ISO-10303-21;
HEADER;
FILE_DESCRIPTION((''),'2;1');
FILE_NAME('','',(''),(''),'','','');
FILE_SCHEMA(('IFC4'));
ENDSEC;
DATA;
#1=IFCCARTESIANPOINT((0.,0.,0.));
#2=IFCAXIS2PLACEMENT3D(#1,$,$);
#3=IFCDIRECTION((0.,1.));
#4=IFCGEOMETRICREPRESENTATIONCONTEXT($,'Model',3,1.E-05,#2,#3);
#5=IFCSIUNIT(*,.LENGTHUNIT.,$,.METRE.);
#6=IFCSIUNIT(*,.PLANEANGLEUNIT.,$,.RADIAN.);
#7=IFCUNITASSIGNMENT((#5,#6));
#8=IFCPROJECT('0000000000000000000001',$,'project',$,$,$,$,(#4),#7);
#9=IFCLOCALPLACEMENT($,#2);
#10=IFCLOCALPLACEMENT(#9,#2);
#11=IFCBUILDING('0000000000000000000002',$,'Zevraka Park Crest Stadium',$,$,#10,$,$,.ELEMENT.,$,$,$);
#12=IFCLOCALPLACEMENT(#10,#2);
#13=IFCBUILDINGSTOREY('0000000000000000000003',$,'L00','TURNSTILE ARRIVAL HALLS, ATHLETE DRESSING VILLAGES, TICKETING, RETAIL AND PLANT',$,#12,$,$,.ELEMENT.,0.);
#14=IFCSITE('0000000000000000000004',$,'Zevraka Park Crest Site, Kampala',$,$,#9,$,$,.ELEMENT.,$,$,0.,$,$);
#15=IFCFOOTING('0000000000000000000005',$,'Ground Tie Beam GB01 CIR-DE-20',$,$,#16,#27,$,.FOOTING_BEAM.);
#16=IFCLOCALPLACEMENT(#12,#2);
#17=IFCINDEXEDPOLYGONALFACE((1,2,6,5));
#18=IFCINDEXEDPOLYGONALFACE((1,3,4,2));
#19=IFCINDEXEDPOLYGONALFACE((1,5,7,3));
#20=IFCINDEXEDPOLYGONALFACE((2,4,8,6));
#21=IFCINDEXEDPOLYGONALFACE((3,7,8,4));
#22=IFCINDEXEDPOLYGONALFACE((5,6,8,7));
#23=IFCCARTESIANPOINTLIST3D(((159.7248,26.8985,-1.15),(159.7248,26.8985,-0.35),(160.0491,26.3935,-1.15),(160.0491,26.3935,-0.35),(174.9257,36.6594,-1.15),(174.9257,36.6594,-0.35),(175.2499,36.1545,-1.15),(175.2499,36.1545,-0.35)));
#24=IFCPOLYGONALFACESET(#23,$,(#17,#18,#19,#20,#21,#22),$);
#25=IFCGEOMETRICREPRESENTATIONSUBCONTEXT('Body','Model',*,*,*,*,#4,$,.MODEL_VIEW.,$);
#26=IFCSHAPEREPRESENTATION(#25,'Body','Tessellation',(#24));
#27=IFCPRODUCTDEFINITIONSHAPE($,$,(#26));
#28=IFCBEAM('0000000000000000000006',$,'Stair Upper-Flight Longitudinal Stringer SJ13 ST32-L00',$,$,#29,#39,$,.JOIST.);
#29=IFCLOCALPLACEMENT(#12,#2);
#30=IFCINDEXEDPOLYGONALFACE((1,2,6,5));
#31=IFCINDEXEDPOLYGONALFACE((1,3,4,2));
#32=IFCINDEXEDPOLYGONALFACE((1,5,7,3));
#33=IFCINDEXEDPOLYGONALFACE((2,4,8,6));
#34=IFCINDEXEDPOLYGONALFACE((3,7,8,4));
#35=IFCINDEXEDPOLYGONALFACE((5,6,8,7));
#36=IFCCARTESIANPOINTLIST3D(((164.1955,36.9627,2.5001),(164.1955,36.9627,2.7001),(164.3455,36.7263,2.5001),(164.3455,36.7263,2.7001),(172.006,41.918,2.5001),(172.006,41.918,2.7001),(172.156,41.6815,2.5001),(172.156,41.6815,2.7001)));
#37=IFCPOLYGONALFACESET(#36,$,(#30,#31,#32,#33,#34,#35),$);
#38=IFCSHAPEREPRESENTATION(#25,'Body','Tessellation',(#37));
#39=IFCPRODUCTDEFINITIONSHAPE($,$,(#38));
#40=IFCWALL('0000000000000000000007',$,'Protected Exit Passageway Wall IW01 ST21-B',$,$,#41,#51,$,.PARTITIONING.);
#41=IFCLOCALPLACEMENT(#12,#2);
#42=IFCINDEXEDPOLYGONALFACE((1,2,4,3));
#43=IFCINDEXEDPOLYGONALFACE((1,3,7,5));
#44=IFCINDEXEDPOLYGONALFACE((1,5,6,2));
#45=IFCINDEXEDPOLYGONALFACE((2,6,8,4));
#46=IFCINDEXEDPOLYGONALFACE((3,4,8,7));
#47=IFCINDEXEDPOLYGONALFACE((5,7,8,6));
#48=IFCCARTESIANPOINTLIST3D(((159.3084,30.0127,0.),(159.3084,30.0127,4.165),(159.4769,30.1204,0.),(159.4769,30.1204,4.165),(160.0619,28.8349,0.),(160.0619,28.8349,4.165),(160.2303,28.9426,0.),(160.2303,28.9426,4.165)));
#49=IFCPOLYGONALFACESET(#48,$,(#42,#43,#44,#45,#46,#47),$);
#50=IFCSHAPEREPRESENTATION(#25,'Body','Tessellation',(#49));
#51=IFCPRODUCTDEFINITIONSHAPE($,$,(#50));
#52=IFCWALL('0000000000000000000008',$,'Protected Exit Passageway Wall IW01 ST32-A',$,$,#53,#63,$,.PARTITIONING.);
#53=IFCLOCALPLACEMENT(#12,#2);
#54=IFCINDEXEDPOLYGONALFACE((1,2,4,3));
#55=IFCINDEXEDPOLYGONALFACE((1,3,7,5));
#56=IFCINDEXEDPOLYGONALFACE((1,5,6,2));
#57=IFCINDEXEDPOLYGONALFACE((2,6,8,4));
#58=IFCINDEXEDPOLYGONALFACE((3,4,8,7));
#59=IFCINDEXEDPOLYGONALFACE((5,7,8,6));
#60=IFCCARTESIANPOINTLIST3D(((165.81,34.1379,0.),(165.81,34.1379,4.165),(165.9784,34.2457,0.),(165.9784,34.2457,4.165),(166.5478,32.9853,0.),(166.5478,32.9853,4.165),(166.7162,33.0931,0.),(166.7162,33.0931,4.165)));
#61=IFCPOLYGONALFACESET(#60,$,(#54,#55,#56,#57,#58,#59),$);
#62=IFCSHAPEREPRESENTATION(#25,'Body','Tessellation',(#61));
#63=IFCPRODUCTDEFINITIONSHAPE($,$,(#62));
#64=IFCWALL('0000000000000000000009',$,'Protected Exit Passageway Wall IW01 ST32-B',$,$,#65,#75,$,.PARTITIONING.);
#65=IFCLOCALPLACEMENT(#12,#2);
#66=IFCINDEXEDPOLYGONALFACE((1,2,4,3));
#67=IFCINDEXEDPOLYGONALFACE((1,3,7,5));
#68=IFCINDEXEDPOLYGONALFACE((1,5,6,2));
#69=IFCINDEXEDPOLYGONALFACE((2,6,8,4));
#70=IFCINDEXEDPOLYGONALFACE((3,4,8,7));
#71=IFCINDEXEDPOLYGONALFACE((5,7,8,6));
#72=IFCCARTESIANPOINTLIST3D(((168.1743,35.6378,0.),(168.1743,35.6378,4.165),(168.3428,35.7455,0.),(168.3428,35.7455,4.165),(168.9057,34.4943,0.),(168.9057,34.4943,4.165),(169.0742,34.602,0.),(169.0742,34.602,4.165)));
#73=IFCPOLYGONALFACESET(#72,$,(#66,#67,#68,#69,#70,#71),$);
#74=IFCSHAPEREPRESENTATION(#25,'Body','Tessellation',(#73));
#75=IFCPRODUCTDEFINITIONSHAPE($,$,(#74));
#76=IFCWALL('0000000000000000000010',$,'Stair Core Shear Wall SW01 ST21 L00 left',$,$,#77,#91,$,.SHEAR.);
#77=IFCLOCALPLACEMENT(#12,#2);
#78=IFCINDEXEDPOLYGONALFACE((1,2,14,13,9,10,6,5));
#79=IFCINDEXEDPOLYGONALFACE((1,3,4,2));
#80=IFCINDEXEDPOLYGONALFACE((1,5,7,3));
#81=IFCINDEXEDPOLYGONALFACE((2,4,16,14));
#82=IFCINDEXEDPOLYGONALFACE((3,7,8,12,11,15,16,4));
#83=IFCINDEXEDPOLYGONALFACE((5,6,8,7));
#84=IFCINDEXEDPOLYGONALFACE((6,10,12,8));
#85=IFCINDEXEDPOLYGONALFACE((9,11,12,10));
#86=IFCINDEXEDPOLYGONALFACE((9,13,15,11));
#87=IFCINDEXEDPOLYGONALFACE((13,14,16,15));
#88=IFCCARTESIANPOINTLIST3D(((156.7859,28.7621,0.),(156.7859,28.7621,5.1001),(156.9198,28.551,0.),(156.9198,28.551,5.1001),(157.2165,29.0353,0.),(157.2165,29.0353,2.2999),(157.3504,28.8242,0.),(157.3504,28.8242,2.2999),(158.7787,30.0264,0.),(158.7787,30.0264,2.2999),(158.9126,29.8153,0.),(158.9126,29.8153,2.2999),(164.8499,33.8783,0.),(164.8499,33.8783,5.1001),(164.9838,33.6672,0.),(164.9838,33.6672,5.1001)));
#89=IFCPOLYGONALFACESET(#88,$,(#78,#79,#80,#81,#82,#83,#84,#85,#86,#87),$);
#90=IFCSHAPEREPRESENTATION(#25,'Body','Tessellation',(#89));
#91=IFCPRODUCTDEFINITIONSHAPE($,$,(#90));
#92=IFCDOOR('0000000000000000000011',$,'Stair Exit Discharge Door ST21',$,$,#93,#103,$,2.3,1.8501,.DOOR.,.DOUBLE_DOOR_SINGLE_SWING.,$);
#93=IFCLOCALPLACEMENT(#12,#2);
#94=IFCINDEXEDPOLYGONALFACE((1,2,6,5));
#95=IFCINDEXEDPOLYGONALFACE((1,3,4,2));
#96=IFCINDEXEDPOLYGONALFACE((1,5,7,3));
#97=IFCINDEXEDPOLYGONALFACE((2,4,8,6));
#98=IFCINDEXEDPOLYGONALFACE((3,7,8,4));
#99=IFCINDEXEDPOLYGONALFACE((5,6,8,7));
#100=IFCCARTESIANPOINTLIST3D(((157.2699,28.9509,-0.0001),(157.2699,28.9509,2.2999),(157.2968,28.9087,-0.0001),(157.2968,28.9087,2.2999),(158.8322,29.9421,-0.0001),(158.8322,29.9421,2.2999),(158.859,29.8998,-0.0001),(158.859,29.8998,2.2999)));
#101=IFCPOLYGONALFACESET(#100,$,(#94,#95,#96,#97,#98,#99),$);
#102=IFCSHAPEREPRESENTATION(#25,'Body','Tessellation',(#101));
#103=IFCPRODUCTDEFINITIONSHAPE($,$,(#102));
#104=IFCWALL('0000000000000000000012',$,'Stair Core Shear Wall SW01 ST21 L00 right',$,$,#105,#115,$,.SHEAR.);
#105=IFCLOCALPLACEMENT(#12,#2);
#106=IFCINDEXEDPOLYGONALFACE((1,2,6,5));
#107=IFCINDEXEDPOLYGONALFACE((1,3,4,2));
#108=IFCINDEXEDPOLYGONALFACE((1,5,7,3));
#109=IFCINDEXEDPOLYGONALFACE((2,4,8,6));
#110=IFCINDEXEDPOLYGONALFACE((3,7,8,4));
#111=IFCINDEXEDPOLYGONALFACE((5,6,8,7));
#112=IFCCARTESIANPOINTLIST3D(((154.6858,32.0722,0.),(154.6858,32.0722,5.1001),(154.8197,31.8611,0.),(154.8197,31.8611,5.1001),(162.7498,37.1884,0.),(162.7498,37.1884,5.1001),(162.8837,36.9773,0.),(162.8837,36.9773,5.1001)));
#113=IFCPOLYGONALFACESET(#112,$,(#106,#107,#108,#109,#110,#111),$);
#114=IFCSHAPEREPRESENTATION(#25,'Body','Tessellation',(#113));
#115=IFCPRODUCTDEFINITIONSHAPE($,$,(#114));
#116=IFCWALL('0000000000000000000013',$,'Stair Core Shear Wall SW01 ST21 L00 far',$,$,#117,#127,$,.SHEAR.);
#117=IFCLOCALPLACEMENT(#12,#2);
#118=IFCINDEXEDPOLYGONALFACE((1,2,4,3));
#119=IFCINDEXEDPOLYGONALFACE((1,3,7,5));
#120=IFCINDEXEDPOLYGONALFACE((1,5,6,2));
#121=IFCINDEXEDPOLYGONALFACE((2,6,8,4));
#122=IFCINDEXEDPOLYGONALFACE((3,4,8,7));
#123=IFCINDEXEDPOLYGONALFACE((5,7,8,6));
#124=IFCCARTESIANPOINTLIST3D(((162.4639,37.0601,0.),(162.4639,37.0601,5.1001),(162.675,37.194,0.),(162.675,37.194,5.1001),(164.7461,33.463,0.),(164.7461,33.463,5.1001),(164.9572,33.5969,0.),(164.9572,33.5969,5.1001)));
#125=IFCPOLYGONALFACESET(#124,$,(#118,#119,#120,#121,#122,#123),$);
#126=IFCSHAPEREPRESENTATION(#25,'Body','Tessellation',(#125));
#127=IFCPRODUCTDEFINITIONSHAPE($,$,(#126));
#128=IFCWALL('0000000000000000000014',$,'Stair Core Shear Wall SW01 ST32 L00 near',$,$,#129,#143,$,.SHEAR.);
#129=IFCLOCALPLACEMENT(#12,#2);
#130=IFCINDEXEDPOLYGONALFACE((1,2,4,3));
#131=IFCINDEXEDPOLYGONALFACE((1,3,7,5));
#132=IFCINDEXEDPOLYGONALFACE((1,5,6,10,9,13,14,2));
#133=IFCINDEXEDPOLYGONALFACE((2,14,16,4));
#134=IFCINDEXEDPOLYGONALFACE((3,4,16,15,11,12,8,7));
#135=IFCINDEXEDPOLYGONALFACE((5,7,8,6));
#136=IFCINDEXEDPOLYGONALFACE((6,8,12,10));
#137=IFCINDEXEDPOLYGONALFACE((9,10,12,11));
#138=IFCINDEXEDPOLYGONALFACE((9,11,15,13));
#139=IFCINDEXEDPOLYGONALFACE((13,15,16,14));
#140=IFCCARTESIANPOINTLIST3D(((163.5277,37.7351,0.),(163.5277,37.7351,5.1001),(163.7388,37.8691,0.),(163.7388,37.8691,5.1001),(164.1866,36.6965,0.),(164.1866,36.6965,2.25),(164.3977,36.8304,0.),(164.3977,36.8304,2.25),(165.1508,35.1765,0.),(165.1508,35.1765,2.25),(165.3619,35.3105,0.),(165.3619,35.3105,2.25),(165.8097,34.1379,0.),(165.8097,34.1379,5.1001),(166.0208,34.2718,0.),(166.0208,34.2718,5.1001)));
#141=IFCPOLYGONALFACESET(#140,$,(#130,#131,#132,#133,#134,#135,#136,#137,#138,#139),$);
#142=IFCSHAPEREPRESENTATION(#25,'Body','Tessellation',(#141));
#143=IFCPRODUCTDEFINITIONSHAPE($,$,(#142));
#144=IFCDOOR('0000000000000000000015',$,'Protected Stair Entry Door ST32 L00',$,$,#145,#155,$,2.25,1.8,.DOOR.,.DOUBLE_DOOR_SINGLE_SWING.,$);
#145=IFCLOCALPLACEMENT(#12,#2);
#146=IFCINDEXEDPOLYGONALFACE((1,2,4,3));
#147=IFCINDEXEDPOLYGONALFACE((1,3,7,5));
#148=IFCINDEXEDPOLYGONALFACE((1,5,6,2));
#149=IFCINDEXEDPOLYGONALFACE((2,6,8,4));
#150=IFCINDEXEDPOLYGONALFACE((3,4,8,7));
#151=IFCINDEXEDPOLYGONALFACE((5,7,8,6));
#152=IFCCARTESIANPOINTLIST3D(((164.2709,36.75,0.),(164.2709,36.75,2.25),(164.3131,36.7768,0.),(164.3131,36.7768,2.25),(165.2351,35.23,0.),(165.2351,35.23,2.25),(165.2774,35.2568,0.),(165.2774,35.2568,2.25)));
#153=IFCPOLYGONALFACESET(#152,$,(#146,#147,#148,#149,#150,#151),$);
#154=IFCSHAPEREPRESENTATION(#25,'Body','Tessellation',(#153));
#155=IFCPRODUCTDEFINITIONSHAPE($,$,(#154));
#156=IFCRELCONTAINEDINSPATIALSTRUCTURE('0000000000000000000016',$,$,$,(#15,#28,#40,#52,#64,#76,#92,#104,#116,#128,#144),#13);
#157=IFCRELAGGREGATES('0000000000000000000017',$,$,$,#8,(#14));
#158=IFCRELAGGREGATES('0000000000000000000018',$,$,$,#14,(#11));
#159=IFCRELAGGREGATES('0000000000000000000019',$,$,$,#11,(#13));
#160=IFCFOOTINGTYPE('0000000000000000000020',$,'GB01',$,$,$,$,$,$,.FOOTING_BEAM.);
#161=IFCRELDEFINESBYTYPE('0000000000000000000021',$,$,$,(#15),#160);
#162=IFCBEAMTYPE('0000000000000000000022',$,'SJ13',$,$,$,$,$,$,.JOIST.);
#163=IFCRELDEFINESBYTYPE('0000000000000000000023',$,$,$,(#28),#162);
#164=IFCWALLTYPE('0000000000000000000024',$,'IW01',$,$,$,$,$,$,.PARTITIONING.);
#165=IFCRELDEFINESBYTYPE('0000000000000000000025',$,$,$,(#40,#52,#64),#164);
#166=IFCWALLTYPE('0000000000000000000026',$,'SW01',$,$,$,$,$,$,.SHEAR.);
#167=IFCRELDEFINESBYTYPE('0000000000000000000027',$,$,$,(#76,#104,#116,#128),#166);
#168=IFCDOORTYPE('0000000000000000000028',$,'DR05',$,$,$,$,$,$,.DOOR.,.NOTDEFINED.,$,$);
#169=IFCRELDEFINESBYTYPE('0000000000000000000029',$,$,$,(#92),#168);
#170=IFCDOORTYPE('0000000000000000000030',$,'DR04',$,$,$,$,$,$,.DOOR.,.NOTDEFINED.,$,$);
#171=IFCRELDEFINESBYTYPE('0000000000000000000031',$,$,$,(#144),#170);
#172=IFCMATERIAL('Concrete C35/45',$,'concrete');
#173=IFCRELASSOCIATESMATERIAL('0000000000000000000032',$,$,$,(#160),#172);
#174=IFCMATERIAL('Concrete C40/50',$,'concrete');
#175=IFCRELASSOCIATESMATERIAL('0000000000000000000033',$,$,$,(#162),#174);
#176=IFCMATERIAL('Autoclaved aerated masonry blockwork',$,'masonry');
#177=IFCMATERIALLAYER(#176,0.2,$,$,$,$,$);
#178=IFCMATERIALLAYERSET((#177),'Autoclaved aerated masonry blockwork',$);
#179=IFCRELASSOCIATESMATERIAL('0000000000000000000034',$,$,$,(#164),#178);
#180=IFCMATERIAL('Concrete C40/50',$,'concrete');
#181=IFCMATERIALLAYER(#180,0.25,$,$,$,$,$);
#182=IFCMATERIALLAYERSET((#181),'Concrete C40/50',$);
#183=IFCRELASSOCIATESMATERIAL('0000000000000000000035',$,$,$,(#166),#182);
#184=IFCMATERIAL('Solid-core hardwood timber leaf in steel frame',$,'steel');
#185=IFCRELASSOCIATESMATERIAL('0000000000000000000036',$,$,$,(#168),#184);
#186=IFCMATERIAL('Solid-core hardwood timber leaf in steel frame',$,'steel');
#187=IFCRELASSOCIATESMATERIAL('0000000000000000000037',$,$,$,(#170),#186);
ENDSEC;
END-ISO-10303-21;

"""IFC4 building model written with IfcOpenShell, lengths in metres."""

from ifc_helpers import new_model, si_unit, direction, frame, frame_2d, origin, origin_2d, place, context, subcontext, project, spatial, rectangle, extrude, material, layer, layer_set, material_profile, profile_set, type_object, element, fill, save


model = new_model("IFC4")

# Units and contexts
model_context = context("Model", 3, precision=1e-05, world=origin(), true_north=direction((0.0, 1.0)))
body_context = subcontext(model_context, "Body", "Model", "MODEL_VIEW")
ifc_project = project(units=[si_unit("LENGTHUNIT", "METRE"), si_unit("PLANEANGLEUNIT", "RADIAN")], contexts=[model_context])

# Site, building, storey
site_placement = place(None, origin())
site = spatial("IfcSite", under=ifc_project, at=site_placement, Name="Zevraka Park Crest Site, Kampala", CompositionType="ELEMENT", RefElevation=0.0)
building_placement = place(site_placement, origin())
building = spatial("IfcBuilding", under=site, at=building_placement, Name="Zevraka Park Crest Stadium", CompositionType="ELEMENT")
storey_placement = place(building_placement, origin())
storey = spatial("IfcBuildingStorey", under=building, at=storey_placement, Name="L00", Description="TURNSTILE ARRIVAL HALLS, ATHLETE DRESSING VILLAGES, TICKETING, RETAIL AND PLANT", CompositionType="ELEMENT", Elevation=0.0)

# Footing
ifc_material_1 = material(Name="Concrete C35/45", Category="concrete")
ifc_material_profile_1 = material_profile(ifc_material_1, rectangle(XDim=0.6001, YDim=0.8, at=origin_2d()), Name="GB 800x600")
ifc_profile_set_1 = profile_set([ifc_material_profile_1], Name="Concrete C35/45")
footing_type = type_object("IfcFootingType", Name="GB01", PredefinedType="FOOTING_BEAM", material=ifc_profile_set_1)
footing_placement = place(storey_placement, frame((159.887, 26.646, -0.75), z_axis=(0.841456, 0.540325, 0.0), x_axis=(-0.540325, 0.841456, 0.0)))
element("IfcFooting", 1, at=footing_placement, inside=storey, type_object=footing_type, Name="Ground Tie Beam GB01 CIR-DE-20", PredefinedType="FOOTING_BEAM", context=body_context, shape_type="SweptSolid", body=[
    extrude(rectangle(XDim=0.6001, YDim=0.8, at=origin_2d()), origin(), (0.0, 0.0, 1.0), 18.0649),
])

# Beam
ifc_material_2 = material(Name="Concrete C40/50", Category="concrete")
ifc_material_profile_2 = material_profile(ifc_material_2, rectangle(XDim=0.28, YDim=0.2, at=origin_2d()), Name="RC 200x280")
ifc_profile_set_2 = profile_set([ifc_material_profile_2], Name="Concrete C40/50")
beam_type = type_object("IfcBeamType", Name="SJ13", PredefinedType="JOIST", material=ifc_profile_set_2)
beam_placement = place(storey_placement, frame((164.2705, 36.8445, 2.6001), z_axis=(0.844396, 0.535719, 0.0), x_axis=(-0.535719, 0.844396, 0.0)))
element("IfcBeam", 2, at=beam_placement, inside=storey, type_object=beam_type, Name="Stair Upper-Flight Longitudinal Stringer SJ13 ST32-L00", PredefinedType="JOIST", context=body_context, shape_type="SweptSolid", body=[
    extrude(rectangle(XDim=0.28, YDim=0.2, at=origin_2d()), origin(), (0.0, 0.0, 1.0), 9.2498),
])

# Walls
ifc_material_3 = material(Name="Autoclaved aerated masonry blockwork", Category="masonry")
ifc_layer_1 = layer(ifc_material_3, 0.2)
ifc_layer_set_1 = layer_set([ifc_layer_1], Name="Autoclaved aerated masonry blockwork")
wall_type_1 = type_object("IfcWallType", Name="IW01", PredefinedType="PARTITIONING", material=ifc_layer_set_1)
wall_1_placement = place(storey_placement, frame((159.3926, 30.0667, 0.0), z_axis=(0.0, 0.0, 1.0), x_axis=(0.538885, -0.842379, 0.0)))
element("IfcWall", 3, at=wall_1_placement, inside=storey, type_object=wall_type_1, Name="Protected Exit Passageway Wall IW01 ST21-B", PredefinedType="PARTITIONING", context=body_context, shape_type="SweptSolid", body=[
    extrude(rectangle(XDim=1.3982, YDim=0.2, at=frame_2d((0.6992, 0.0))), origin(), (0.0, 0.0, 1.0), 4.165),
])
wall_2_placement = place(storey_placement, frame((165.8943, 34.1917, 0.0), z_axis=(0.0, 0.0, 1.0), x_axis=(0.539125, -0.842226, 0.0)))
element("IfcWall", 4, at=wall_2_placement, inside=storey, type_object=wall_type_1, Name="Protected Exit Passageway Wall IW01 ST32-A", PredefinedType="PARTITIONING", context=body_context, shape_type="SweptSolid", body=[
    extrude(rectangle(XDim=1.3684, YDim=0.2, at=frame_2d((0.6841, 0.0))), origin(), (0.0, 0.0, 1.0), 4.165),
])
wall_3_placement = place(storey_placement, frame((168.2585, 35.6917, 0.0), z_axis=(0.0, 0.0, 1.0), x_axis=(0.538829, -0.842415, 0.0)))
element("IfcWall", 5, at=wall_3_placement, inside=storey, type_object=wall_type_1, Name="Protected Exit Passageway Wall IW01 ST32-B", PredefinedType="PARTITIONING", context=body_context, shape_type="SweptSolid", body=[
    extrude(rectangle(XDim=1.3574, YDim=0.2, at=frame_2d((0.6787, 0.0))), origin(), (0.0, 0.0, 1.0), 4.165),
])

# Wall, opening, door
ifc_material_4 = material(Name="Concrete C40/50", Category="concrete")
ifc_layer_2 = layer(ifc_material_4, 0.25)
ifc_layer_set_2 = layer_set([ifc_layer_2], Name="Concrete C40/50")
wall_type_2 = type_object("IfcWallType", Name="SW01", PredefinedType="SHEAR", material=ifc_layer_set_2)
wall_4_placement = place(storey_placement, frame((164.9167, 33.7727, 0.0), z_axis=(0.0, 0.0, 1.0), x_axis=(-0.844391, -0.535727, 0.0)))
wall_4 = element("IfcWall", 6, at=wall_4_placement, inside=storey, type_object=wall_type_2, Name="Stair Core Shear Wall SW01 ST21 L00 left", PredefinedType="SHEAR", context=body_context, shape_type="SweptSolid", body=[
    extrude(rectangle(XDim=9.55, YDim=0.25, at=frame_2d((4.7749, 0.0))), origin(), (0.0, 0.0, 1.0), 5.1001),
])
opening_1_placement = place(wall_4_placement, frame((7.1899, 0.0, 0.0)))
opening_1 = element("IfcOpeningElement", 7, at=opening_1_placement, cuts=wall_4, PredefinedType="OPENING", context=body_context, shape_type="SweptSolid", body=[
    extrude(rectangle(XDim=1.8501, YDim=2.3, at=frame_2d((0.925, 1.1499))), frame((0.0, 0.135, 0.0), z_axis=(0.0, -1.0, 0.0), x_axis=(1.0, 0.0, 0.0)), (0.0, 0.0, 1.0), 0.27),
])
ifc_material_5 = material(Name="Solid-core hardwood timber leaf in steel frame", Category="steel")
door_type_1 = type_object("IfcDoorType", Name="DR05", OperationType="NOTDEFINED", PredefinedType="DOOR", material=ifc_material_5)
door_1_placement = place(opening_1_placement, origin())
door_1 = element("IfcDoor", 8, at=door_1_placement, inside=storey, type_object=door_type_1, Name="Stair Exit Discharge Door ST21", OperationType="DOUBLE_DOOR_SINGLE_SWING", OverallHeight=2.3, OverallWidth=1.8501, PredefinedType="DOOR", context=body_context, shape_type="SweptSolid", body=[
    extrude(rectangle(XDim=1.8501, YDim=2.3, at=frame_2d((0.925, 1.1499))), frame((0.0, 0.0249, 0.0), z_axis=(0.0, -1.0, 0.0), x_axis=(1.0, 0.0, 0.0)), (0.0, 0.0, 1.0), 0.05),
])
fill(opening_1, door_1)

# Walls
wall_5_placement = place(storey_placement, frame((162.8167, 37.0828, 0.0), z_axis=(0.0, 0.0, 1.0), x_axis=(-0.844391, -0.535727, 0.0)))
element("IfcWall", 9, at=wall_5_placement, inside=storey, type_object=wall_type_2, Name="Stair Core Shear Wall SW01 ST21 L00 right", PredefinedType="SHEAR", context=body_context, shape_type="SweptSolid", body=[
    extrude(rectangle(XDim=9.55, YDim=0.25, at=frame_2d((4.7749, 0.0))), origin(), (0.0, 0.0, 1.0), 5.1001),
])
wall_6_placement = place(storey_placement, frame((164.8516, 33.53, 0.0), z_axis=(0.0, 0.0, 1.0), x_axis=(-0.535725, 0.844392, 0.0)))
element("IfcWall", 10, at=wall_6_placement, inside=storey, type_object=wall_type_2, Name="Stair Core Shear Wall SW01 ST21 L00 far", PredefinedType="SHEAR", context=body_context, shape_type="SweptSolid", body=[
    extrude(rectangle(XDim=4.26, YDim=0.25, at=frame_2d((2.1299, 0.0))), origin(), (0.0, 0.0, 1.0), 5.1001),
])

# Wall, opening, door
wall_7_placement = place(storey_placement, frame((163.6333, 37.802, 0.0), z_axis=(0.0, 0.0, 1.0), x_axis=(0.535685, -0.844418, 0.0)))
wall_7 = element("IfcWall", 11, at=wall_7_placement, inside=storey, type_object=wall_type_2, Name="Stair Core Shear Wall SW01 ST32 L00 near", PredefinedType="SHEAR", context=body_context, shape_type="SweptSolid", body=[
    extrude(rectangle(XDim=4.26, YDim=0.25, at=frame_2d((2.1299, 0.0))), origin(), (0.0, 0.0, 1.0), 5.1001),
])
opening_2_placement = place(wall_7_placement, frame((1.23, 0.0, 0.0)))
opening_2 = element("IfcOpeningElement", 12, at=opening_2_placement, cuts=wall_7, PredefinedType="OPENING", context=body_context, shape_type="SweptSolid", body=[
    extrude(rectangle(XDim=1.8, YDim=2.25, at=frame_2d((0.8999, 1.125))), frame((0.0, 0.135, 0.0), z_axis=(0.0, -1.0, 0.0), x_axis=(1.0, 0.0, 0.0)), (0.0, 0.0, 1.0), 0.27),
])
ifc_material_6 = material(Name="Solid-core hardwood timber leaf in steel frame", Category="steel")
door_type_2 = type_object("IfcDoorType", Name="DR04", OperationType="NOTDEFINED", PredefinedType="DOOR", material=ifc_material_6)
door_2_placement = place(opening_2_placement, origin())
door_2 = element("IfcDoor", 13, at=door_2_placement, inside=storey, type_object=door_type_2, Name="Protected Stair Entry Door ST32 L00", OperationType="DOUBLE_DOOR_SINGLE_SWING", OverallHeight=2.25, OverallWidth=1.8, PredefinedType="DOOR", context=body_context, shape_type="SweptSolid", body=[
    extrude(rectangle(XDim=1.8, YDim=2.25, at=frame_2d((0.8999, 1.125))), frame((0.0, 0.0249, 0.0), z_axis=(0.0, -1.0, 0.0), x_axis=(1.0, 0.0, 0.0)), (0.0, 0.0, 1.0), 0.05),
])
fill(opening_2, door_2)

save(model, "model.ifc")
